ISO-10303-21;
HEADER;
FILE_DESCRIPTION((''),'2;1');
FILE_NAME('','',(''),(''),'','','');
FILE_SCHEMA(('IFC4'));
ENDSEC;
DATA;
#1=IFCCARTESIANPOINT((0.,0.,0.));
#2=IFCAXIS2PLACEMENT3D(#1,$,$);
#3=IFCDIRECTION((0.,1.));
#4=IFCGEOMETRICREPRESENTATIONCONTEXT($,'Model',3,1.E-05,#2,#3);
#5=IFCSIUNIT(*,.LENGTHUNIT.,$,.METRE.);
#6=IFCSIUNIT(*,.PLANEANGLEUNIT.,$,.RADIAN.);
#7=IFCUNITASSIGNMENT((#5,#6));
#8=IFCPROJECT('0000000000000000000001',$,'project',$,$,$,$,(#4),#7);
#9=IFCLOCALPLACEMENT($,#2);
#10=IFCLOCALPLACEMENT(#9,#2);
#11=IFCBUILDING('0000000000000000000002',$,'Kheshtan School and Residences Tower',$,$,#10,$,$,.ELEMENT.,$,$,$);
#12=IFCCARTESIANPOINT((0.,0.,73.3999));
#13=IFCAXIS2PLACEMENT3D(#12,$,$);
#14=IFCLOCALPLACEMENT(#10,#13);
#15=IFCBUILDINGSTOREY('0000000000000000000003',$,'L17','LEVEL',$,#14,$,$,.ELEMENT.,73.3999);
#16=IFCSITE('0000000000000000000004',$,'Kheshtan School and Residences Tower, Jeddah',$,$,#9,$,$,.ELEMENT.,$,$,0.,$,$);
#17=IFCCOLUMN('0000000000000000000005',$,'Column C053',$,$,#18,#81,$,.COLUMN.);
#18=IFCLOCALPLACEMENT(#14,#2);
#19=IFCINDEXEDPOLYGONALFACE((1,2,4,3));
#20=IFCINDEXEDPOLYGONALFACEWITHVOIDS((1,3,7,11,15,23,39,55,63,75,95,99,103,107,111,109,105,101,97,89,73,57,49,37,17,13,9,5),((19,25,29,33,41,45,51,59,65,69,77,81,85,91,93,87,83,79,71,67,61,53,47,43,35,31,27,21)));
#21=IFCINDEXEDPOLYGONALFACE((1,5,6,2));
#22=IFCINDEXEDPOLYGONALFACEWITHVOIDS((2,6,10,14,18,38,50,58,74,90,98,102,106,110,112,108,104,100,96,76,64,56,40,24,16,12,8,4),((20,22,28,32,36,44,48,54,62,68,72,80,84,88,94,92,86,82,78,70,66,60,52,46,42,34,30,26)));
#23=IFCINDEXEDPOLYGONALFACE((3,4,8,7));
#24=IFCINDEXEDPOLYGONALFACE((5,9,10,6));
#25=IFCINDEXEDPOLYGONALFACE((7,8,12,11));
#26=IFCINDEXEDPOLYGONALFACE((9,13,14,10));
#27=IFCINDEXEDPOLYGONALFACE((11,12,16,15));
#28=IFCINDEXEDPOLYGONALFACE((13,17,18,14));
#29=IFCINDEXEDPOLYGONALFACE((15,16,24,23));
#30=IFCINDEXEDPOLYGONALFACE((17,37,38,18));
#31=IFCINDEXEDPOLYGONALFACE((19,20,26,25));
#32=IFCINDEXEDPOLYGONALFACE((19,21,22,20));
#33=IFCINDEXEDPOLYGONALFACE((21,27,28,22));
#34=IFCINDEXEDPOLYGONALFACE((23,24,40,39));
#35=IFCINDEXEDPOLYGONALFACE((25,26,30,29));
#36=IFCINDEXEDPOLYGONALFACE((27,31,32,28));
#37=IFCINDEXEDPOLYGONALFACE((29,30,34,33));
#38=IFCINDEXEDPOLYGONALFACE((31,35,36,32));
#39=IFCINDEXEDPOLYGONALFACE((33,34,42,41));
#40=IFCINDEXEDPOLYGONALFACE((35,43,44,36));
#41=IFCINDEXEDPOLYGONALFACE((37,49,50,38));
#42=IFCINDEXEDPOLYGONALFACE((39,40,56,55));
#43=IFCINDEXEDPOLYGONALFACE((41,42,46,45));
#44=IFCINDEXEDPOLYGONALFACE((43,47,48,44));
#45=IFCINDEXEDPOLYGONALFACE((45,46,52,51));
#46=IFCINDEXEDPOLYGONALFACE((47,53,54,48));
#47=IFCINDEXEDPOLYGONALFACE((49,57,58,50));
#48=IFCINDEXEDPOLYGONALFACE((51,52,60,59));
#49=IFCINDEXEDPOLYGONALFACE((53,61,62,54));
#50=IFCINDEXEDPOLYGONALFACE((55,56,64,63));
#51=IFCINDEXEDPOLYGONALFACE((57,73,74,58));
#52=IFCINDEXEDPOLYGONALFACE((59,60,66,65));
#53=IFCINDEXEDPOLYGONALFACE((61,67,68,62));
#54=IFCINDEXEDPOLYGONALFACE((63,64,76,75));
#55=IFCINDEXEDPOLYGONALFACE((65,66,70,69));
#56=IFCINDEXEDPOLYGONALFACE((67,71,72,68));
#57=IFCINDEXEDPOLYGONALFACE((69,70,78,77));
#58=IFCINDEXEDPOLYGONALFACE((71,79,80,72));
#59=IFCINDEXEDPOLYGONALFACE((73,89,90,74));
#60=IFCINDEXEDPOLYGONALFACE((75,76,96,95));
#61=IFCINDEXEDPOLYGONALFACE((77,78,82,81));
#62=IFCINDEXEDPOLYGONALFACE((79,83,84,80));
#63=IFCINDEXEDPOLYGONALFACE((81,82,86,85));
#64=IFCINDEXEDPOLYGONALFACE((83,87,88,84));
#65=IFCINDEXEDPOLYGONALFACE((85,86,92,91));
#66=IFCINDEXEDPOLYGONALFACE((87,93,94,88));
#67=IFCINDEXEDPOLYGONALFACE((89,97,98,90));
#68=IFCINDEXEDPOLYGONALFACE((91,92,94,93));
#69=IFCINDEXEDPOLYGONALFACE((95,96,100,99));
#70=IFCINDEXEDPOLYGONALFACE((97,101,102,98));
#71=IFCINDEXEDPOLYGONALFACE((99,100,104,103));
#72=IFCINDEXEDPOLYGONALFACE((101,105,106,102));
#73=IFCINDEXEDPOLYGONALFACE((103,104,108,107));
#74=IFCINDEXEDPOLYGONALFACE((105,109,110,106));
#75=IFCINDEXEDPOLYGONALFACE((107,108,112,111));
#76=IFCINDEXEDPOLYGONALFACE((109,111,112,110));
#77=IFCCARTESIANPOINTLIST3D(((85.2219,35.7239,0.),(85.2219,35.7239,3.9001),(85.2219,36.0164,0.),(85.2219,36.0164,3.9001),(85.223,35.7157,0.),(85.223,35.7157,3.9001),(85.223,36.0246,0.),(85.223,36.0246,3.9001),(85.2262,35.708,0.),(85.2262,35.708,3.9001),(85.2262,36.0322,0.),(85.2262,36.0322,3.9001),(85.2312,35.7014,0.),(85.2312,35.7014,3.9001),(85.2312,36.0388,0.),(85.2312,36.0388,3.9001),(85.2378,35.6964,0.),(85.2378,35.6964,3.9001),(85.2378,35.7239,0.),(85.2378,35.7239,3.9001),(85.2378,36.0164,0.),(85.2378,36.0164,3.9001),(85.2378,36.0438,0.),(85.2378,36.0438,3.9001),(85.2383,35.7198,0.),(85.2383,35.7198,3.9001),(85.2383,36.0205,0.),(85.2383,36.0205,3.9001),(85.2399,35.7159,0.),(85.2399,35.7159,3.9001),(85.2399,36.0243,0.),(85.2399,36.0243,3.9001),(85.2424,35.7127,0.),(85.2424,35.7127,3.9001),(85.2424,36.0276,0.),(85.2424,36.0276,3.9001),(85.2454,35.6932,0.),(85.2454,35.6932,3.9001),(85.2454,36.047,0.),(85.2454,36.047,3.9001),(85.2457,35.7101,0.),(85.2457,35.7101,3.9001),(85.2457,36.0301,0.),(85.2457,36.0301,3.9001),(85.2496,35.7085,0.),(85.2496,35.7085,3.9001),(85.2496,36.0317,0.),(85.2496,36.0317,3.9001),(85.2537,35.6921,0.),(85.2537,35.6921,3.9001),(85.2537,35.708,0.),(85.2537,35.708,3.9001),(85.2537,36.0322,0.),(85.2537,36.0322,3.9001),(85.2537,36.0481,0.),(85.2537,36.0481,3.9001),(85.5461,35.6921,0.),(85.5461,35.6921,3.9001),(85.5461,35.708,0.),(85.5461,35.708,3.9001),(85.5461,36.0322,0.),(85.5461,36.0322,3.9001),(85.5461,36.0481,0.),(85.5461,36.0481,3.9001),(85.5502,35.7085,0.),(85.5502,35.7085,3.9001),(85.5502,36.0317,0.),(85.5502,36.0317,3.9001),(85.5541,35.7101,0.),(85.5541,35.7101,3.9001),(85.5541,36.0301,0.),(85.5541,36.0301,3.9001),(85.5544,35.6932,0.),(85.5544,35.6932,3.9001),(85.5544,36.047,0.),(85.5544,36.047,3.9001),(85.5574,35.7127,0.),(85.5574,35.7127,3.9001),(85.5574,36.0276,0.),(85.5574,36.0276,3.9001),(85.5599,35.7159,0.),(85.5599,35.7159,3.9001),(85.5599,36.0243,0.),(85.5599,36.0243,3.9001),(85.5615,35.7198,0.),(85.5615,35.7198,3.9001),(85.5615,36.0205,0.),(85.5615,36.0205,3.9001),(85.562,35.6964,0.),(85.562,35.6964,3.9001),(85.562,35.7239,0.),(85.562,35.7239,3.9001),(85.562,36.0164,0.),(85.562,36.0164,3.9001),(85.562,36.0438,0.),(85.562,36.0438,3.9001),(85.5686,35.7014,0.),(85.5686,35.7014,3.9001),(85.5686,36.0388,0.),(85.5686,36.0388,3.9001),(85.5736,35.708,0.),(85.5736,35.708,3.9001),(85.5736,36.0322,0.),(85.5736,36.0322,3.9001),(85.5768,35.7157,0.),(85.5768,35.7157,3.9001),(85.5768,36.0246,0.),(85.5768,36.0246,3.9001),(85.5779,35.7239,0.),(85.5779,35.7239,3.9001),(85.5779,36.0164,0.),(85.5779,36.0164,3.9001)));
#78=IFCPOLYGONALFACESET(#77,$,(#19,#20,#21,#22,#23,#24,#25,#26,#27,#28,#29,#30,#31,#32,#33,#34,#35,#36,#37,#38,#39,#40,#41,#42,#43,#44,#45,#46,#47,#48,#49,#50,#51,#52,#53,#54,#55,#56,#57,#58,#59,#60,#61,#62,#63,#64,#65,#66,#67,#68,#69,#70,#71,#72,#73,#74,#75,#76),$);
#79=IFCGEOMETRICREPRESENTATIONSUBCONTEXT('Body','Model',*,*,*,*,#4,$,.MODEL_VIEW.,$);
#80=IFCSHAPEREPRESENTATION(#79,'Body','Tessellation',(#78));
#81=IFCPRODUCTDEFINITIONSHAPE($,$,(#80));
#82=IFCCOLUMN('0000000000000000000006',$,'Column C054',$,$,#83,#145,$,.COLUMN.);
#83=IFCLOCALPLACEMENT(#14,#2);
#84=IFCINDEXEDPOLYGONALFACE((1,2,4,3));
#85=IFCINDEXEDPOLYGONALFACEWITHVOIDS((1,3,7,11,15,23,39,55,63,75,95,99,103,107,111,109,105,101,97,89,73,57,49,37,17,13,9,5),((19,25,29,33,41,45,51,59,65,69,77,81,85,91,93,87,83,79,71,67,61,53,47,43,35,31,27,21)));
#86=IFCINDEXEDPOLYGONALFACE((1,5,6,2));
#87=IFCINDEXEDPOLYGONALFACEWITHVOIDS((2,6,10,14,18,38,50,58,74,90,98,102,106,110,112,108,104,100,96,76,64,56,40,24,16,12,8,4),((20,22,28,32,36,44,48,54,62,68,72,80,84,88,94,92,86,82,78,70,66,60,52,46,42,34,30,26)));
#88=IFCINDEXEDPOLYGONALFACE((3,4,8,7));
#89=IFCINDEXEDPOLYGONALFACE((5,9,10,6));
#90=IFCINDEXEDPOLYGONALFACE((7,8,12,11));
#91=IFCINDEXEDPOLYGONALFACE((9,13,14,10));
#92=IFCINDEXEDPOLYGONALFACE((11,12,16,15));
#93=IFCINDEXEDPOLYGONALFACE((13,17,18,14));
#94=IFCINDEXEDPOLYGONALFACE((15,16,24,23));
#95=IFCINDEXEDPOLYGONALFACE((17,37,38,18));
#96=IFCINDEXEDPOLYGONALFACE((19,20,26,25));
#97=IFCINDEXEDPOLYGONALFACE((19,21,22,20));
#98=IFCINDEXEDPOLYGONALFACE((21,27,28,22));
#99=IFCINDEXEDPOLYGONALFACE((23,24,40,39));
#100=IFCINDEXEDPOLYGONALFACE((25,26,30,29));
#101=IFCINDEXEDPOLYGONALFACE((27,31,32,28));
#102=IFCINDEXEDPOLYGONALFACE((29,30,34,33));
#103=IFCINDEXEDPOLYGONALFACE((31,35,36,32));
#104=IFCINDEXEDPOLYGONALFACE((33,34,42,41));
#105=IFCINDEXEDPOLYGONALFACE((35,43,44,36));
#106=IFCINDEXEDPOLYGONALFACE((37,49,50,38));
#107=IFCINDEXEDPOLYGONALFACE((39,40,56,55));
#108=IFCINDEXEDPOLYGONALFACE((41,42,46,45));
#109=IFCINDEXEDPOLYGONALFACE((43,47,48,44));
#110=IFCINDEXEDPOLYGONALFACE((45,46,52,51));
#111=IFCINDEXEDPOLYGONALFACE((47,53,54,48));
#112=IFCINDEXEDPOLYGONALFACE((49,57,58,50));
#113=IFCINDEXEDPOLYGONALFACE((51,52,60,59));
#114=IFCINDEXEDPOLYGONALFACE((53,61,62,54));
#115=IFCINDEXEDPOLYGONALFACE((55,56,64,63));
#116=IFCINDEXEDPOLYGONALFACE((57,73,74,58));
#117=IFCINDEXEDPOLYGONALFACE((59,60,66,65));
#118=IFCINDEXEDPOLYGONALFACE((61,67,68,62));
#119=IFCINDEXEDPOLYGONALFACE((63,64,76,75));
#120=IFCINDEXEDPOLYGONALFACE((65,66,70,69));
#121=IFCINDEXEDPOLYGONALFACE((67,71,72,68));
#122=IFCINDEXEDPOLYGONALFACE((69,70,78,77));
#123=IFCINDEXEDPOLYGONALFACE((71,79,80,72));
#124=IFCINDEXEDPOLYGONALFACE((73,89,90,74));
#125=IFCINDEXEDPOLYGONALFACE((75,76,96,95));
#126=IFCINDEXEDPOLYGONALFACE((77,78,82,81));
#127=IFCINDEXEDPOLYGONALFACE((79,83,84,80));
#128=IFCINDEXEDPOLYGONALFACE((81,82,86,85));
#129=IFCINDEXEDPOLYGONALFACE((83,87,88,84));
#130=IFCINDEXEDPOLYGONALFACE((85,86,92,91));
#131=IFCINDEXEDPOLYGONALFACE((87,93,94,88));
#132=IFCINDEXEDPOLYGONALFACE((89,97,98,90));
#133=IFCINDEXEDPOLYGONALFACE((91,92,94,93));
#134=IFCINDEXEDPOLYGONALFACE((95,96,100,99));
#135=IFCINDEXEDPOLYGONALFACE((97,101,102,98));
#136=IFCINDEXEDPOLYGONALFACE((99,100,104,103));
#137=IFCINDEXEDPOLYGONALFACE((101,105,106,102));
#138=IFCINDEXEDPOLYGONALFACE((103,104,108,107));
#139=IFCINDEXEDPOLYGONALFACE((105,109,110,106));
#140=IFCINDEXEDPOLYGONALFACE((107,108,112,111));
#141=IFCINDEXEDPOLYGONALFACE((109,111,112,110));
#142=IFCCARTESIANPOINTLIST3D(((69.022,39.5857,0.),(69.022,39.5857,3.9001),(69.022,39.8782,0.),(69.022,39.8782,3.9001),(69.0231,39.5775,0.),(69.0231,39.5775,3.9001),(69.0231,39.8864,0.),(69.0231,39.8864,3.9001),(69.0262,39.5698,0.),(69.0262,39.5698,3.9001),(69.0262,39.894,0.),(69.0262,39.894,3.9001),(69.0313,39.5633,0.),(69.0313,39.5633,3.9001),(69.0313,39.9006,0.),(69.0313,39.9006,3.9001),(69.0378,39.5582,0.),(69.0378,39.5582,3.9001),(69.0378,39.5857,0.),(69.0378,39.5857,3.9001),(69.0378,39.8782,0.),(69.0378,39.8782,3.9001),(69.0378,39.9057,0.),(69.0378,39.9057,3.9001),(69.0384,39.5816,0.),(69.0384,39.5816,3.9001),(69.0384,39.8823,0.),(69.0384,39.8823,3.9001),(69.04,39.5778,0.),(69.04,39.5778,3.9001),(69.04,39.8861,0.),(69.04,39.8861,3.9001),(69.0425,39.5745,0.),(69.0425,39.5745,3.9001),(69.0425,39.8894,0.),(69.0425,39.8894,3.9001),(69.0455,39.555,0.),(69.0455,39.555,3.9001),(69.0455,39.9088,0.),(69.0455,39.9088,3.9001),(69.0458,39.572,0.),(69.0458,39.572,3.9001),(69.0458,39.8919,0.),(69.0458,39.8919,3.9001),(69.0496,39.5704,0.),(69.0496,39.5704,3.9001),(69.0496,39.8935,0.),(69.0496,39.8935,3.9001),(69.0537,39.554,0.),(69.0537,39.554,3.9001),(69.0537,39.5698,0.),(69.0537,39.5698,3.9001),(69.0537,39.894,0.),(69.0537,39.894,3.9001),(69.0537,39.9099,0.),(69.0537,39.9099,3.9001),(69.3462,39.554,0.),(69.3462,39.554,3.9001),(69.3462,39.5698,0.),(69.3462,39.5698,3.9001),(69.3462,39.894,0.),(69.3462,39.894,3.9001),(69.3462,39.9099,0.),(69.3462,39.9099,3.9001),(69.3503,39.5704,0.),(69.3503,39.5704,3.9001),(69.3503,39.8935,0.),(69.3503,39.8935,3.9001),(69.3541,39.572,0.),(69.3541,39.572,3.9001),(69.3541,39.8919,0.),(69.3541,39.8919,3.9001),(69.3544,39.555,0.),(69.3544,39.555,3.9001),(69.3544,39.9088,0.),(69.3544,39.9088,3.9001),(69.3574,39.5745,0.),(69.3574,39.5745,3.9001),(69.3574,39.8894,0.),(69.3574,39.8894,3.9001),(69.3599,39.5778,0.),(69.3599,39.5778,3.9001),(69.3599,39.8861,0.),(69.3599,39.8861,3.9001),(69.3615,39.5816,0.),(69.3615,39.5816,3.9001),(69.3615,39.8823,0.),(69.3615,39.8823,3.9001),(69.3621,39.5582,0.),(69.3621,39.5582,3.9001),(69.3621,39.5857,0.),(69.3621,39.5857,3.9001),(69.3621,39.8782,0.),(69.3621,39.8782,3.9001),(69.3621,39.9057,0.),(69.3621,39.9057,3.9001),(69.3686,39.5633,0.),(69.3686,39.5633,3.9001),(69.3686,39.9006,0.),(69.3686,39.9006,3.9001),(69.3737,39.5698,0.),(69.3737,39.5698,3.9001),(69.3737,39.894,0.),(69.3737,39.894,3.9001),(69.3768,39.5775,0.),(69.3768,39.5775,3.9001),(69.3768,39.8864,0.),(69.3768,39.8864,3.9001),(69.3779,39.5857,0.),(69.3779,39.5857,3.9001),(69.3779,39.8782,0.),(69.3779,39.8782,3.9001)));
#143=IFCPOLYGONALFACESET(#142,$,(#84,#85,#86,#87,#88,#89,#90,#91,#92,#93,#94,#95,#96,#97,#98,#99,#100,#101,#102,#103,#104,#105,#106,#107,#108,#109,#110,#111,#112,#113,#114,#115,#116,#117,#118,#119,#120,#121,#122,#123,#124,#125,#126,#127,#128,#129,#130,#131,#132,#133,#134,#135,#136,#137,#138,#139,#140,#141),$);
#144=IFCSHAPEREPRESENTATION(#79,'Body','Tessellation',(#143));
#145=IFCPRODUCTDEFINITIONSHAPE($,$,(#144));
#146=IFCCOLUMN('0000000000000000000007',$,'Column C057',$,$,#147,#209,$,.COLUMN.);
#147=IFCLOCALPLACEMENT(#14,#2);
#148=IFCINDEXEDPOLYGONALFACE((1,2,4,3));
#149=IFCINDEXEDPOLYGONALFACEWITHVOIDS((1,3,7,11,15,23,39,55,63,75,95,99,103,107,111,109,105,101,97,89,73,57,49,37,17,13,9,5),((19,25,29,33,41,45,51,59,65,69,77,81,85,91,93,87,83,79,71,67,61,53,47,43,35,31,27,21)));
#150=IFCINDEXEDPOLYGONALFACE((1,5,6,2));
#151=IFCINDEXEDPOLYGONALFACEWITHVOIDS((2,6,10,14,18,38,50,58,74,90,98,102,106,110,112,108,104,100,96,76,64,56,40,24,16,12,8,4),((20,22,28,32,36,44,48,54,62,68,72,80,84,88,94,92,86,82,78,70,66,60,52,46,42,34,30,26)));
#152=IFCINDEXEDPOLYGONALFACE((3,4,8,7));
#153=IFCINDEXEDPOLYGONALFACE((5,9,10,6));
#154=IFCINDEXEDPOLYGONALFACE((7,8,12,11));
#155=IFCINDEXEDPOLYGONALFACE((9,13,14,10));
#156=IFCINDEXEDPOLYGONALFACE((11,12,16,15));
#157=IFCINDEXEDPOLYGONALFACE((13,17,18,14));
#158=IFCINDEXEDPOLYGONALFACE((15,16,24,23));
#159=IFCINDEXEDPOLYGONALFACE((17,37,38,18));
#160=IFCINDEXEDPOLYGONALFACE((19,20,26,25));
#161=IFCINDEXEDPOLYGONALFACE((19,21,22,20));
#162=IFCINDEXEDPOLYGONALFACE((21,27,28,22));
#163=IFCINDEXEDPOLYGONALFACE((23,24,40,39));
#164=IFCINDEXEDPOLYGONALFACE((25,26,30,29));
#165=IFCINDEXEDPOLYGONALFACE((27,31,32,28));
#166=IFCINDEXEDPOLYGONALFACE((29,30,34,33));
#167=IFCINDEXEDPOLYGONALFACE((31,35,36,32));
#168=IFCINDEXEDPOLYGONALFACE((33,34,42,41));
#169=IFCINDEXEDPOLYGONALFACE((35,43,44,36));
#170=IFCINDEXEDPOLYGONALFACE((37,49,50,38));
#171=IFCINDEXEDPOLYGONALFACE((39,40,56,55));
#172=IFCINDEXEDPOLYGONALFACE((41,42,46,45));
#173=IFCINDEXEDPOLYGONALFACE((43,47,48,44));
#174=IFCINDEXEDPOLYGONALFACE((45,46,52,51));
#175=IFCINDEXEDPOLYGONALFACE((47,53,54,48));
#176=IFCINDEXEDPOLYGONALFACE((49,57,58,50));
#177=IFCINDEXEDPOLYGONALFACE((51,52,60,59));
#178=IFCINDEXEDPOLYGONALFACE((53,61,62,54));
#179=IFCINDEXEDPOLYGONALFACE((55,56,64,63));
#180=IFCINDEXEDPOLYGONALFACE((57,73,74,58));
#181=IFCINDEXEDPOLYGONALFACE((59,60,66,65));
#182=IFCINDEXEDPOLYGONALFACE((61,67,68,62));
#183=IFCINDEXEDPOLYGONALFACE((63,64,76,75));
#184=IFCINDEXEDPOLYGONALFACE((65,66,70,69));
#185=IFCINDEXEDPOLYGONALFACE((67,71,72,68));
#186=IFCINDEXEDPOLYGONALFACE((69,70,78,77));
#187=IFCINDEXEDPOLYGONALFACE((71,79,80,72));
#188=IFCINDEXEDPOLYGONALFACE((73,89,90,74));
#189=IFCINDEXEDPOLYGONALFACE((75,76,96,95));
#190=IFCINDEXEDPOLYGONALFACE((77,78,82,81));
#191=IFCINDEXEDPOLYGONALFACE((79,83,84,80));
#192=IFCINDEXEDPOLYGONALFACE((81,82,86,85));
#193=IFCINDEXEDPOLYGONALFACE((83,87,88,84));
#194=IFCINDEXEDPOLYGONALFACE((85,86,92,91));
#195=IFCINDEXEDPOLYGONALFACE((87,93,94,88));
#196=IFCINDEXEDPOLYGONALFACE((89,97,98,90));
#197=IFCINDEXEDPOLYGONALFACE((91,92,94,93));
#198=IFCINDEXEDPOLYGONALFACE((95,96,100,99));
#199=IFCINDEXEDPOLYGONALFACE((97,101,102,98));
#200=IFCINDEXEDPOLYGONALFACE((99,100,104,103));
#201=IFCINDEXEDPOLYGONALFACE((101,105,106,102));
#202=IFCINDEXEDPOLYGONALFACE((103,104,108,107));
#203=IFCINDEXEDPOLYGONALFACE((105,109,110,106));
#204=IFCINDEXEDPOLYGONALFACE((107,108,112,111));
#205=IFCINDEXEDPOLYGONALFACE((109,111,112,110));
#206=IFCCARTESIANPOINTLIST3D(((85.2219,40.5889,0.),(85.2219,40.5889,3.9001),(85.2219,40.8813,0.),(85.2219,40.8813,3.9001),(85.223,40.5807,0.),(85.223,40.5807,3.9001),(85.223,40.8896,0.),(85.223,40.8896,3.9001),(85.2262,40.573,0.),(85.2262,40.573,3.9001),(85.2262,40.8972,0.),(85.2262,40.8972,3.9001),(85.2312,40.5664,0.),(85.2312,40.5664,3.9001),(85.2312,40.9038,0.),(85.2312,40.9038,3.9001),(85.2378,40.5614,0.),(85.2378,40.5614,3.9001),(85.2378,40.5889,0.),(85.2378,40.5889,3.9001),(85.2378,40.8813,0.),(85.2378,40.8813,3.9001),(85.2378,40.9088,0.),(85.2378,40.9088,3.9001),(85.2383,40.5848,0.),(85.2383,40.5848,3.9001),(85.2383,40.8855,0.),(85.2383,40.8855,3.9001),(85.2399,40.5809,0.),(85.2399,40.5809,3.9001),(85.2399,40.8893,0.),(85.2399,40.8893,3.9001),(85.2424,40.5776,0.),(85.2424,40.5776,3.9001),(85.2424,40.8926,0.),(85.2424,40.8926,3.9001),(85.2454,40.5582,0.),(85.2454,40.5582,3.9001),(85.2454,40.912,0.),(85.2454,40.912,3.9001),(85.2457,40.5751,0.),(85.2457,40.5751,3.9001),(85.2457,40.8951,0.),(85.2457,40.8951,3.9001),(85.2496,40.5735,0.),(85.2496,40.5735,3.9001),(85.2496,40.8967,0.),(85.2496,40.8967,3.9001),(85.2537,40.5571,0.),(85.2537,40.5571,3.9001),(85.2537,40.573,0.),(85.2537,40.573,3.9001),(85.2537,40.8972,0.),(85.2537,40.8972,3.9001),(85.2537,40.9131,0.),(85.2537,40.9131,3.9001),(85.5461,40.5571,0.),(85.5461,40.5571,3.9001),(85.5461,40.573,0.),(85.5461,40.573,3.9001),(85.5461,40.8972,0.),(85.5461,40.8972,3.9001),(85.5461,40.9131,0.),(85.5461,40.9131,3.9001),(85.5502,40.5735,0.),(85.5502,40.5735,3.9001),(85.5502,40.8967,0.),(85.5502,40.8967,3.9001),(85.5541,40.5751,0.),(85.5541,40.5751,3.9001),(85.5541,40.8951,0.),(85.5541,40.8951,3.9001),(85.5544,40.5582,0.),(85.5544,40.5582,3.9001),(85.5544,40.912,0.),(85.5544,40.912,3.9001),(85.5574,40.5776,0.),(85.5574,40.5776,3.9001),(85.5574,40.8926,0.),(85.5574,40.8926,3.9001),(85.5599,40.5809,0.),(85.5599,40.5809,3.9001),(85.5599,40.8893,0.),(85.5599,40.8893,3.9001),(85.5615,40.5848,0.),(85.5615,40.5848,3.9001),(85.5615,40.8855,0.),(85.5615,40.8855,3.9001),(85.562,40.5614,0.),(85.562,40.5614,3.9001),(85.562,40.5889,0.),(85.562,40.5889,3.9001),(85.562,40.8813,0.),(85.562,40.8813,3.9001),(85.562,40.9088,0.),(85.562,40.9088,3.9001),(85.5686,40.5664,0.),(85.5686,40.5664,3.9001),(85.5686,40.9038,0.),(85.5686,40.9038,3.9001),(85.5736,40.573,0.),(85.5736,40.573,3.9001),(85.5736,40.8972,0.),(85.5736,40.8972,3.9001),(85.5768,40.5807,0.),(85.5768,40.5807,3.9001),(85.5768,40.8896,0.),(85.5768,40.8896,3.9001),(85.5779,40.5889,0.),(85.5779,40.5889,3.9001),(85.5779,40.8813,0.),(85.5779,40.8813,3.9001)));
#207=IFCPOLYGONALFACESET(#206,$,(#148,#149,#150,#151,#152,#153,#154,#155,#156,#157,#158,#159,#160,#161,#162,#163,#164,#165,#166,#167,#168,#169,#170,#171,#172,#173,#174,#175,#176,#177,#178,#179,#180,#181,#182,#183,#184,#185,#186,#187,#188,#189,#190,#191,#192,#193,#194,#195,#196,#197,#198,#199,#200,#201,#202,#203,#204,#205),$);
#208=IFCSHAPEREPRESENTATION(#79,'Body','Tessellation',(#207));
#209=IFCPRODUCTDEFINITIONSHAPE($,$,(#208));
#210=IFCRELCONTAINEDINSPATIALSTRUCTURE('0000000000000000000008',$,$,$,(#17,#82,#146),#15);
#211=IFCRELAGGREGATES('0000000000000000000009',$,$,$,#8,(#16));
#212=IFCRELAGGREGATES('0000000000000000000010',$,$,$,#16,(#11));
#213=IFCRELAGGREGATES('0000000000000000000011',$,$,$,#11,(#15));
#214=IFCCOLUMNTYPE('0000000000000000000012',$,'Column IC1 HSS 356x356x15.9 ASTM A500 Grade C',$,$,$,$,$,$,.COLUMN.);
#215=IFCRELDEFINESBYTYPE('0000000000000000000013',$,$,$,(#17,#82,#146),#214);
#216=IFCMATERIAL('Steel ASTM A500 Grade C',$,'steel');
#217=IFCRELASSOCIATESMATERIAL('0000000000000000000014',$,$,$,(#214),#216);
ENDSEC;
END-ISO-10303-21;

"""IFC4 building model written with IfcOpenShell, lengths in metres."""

from ifc_helpers import new_model, si_unit, direction, frame, origin, origin_2d, place, context, subcontext, project, spatial, hollow_rectangle, extrude, material, material_profile, profile_set, type_object, element, save


model = new_model("IFC4")

# Units and contexts
model_context = context("Model", 3, precision=1e-05, world=origin(), true_north=direction((0.0, 1.0)))
body_context = subcontext(model_context, "Body", "Model", "MODEL_VIEW")
ifc_project = project(units=[si_unit("LENGTHUNIT", "METRE"), si_unit("PLANEANGLEUNIT", "RADIAN")], contexts=[model_context])

# Site, building, storey
site_placement = place(None, origin())
site = spatial("IfcSite", under=ifc_project, at=site_placement, Name="Kheshtan School and Residences Tower, Jeddah", CompositionType="ELEMENT", RefElevation=0.0)
building_placement = place(site_placement, origin())
building = spatial("IfcBuilding", under=site, at=building_placement, Name="Kheshtan School and Residences Tower", CompositionType="ELEMENT")
storey_placement = place(building_placement, frame((0.0, 0.0, 73.3999)))
storey = spatial("IfcBuildingStorey", under=building, at=storey_placement, Name="L17", Description="LEVEL", CompositionType="ELEMENT", Elevation=73.3999)

# Columns
ifc_material_1 = material(Name="Steel ASTM A500 Grade C", Category="steel")
ifc_material_profile_1 = material_profile(ifc_material_1, hollow_rectangle(XDim=0.356, YDim=0.356, WallThickness=0.0159, InnerFilletRadius=0.0159, OuterFilletRadius=0.0317, at=origin_2d()), Name="HSS 356x356x15.9")
ifc_profile_set_1 = profile_set([ifc_material_profile_1], Name="Steel ASTM A500 Grade C")
column_type = type_object("IfcColumnType", Name="Column IC1 HSS 356x356x15.9 ASTM A500 Grade C", PredefinedType="COLUMN", material=ifc_profile_set_1)
for number, where, z_axis, x_axis, name in (
    (1, (85.3999, 35.8701, 0.0), (0.0, 0.0, 1.0), (1.0, 0.0, 0.0), "Column C053"),
    (2, (69.2, 39.7319, 0.0), (0.0, 0.0, 1.0), (1.0, 0.0, 0.0), "Column C054"),
    (3, (85.3999, 40.7351, 0.0), (0.0, 0.0, 1.0), (1.0, 0.0, 0.0), "Column C057"),
):
    element("IfcColumn", number, at=place(storey_placement, frame(where, z_axis=z_axis, x_axis=x_axis)), inside=storey, type_object=column_type, Name=name, PredefinedType="COLUMN", context=body_context, shape_type="SweptSolid", body=[
        extrude(hollow_rectangle(XDim=0.356, YDim=0.356, WallThickness=0.0159, InnerFilletRadius=0.0159, OuterFilletRadius=0.0317, at=origin_2d()), origin(), (0.0, 0.0, 1.0), 3.9001),
    ])

save(model, "model.ifc")
